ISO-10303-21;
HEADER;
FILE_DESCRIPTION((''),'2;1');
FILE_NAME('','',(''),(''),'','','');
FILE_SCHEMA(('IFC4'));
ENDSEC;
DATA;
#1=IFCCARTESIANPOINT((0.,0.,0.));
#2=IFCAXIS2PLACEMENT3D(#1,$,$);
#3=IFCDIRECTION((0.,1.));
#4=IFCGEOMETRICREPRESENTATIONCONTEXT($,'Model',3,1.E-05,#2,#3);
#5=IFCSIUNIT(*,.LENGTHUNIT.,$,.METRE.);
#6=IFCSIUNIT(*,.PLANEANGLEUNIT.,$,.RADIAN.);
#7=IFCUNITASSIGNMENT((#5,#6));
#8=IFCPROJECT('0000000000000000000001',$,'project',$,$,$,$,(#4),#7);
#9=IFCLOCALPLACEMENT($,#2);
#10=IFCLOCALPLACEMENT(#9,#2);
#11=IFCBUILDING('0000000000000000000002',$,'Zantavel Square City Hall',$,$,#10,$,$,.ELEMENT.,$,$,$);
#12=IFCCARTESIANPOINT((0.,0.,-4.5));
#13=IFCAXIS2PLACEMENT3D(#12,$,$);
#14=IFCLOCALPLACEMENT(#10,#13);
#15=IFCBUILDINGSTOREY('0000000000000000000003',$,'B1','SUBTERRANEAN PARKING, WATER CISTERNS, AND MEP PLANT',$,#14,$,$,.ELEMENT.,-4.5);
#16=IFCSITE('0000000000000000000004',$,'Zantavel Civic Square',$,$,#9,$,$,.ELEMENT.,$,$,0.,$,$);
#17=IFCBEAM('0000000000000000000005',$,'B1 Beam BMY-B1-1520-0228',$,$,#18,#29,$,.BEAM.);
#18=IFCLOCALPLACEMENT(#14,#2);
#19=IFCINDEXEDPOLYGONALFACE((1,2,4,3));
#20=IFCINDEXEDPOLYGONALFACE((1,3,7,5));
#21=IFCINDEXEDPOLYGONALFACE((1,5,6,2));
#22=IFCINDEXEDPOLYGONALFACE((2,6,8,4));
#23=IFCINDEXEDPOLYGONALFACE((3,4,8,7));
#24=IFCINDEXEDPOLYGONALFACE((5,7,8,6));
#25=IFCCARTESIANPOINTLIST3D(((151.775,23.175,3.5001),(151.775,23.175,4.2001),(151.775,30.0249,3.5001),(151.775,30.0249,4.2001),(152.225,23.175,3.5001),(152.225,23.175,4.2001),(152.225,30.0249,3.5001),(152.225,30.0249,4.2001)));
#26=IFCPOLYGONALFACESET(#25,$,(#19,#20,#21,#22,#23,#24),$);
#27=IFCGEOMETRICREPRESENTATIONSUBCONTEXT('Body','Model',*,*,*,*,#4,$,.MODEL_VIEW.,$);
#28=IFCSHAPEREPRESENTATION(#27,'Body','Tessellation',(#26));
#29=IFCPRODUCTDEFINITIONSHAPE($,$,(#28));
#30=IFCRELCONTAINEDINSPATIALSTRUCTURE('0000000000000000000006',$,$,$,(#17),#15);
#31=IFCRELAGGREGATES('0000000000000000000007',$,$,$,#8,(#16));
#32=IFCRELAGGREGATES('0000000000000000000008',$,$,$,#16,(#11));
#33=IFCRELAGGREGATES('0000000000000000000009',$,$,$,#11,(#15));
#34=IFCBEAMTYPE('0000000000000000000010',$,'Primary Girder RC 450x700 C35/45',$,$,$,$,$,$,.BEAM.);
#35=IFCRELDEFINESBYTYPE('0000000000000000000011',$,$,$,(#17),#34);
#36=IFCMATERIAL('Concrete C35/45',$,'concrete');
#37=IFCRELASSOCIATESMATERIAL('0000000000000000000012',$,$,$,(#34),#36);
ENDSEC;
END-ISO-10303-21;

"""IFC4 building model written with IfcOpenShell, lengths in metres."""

from ifc_helpers import new_model, si_unit, direction, frame, origin, origin_2d, place, context, subcontext, project, spatial, rectangle, extrude, material, material_profile, profile_set, type_object, element, save


model = new_model("IFC4")

# Units and contexts
model_context = context("Model", 3, precision=1e-05, world=origin(), true_north=direction((0.0, 1.0)))
body_context = subcontext(model_context, "Body", "Model", "MODEL_VIEW")
ifc_project = project(units=[si_unit("LENGTHUNIT", "METRE"), si_unit("PLANEANGLEUNIT", "RADIAN")], contexts=[model_context])

# Site, building, storey
site_placement = place(None, origin())
site = spatial("IfcSite", under=ifc_project, at=site_placement, Name="Zantavel Civic Square", CompositionType="ELEMENT", RefElevation=0.0)
building_placement = place(site_placement, origin())
building = spatial("IfcBuilding", under=site, at=building_placement, Name="Zantavel Square City Hall", CompositionType="ELEMENT")
storey_placement = place(building_placement, frame((0.0, 0.0, -4.5)))
storey = spatial("IfcBuildingStorey", under=building, at=storey_placement, Name="B1", Description="SUBTERRANEAN PARKING, WATER CISTERNS, AND MEP PLANT", CompositionType="ELEMENT", Elevation=-4.5)

# Shared definitions
ifc_material_1 = material(Name="Concrete C35/45", Category="concrete")

# Beam
ifc_material_profile_1 = material_profile(ifc_material_1, rectangle(XDim=0.45, YDim=0.7, at=origin_2d()), Name="RC 450x700")
ifc_profile_set_1 = profile_set([ifc_material_profile_1], Name="Concrete C35/45")
beam_type_1 = type_object("IfcBeamType", Name="Primary Girder RC 450x700 C35/45", PredefinedType="BEAM", material=ifc_profile_set_1)
beam_1_placement = place(storey_placement, frame((152.0, 23.175, 3.8501), z_axis=(0.0, 1.0, 0.0), x_axis=(-1.0, 0.0, 0.0)))
element("IfcBeam", 1, at=beam_1_placement, inside=storey, type_object=beam_type_1, Name="B1 Beam BMY-B1-1520-0228", PredefinedType="BEAM", context=body_context, shape_type="SweptSolid", body=[
    extrude(rectangle(XDim=0.45, YDim=0.7, at=origin_2d()), origin(), (0.0, 0.0, 1.0), 6.8499),
])

save(model, "model.ifc")
